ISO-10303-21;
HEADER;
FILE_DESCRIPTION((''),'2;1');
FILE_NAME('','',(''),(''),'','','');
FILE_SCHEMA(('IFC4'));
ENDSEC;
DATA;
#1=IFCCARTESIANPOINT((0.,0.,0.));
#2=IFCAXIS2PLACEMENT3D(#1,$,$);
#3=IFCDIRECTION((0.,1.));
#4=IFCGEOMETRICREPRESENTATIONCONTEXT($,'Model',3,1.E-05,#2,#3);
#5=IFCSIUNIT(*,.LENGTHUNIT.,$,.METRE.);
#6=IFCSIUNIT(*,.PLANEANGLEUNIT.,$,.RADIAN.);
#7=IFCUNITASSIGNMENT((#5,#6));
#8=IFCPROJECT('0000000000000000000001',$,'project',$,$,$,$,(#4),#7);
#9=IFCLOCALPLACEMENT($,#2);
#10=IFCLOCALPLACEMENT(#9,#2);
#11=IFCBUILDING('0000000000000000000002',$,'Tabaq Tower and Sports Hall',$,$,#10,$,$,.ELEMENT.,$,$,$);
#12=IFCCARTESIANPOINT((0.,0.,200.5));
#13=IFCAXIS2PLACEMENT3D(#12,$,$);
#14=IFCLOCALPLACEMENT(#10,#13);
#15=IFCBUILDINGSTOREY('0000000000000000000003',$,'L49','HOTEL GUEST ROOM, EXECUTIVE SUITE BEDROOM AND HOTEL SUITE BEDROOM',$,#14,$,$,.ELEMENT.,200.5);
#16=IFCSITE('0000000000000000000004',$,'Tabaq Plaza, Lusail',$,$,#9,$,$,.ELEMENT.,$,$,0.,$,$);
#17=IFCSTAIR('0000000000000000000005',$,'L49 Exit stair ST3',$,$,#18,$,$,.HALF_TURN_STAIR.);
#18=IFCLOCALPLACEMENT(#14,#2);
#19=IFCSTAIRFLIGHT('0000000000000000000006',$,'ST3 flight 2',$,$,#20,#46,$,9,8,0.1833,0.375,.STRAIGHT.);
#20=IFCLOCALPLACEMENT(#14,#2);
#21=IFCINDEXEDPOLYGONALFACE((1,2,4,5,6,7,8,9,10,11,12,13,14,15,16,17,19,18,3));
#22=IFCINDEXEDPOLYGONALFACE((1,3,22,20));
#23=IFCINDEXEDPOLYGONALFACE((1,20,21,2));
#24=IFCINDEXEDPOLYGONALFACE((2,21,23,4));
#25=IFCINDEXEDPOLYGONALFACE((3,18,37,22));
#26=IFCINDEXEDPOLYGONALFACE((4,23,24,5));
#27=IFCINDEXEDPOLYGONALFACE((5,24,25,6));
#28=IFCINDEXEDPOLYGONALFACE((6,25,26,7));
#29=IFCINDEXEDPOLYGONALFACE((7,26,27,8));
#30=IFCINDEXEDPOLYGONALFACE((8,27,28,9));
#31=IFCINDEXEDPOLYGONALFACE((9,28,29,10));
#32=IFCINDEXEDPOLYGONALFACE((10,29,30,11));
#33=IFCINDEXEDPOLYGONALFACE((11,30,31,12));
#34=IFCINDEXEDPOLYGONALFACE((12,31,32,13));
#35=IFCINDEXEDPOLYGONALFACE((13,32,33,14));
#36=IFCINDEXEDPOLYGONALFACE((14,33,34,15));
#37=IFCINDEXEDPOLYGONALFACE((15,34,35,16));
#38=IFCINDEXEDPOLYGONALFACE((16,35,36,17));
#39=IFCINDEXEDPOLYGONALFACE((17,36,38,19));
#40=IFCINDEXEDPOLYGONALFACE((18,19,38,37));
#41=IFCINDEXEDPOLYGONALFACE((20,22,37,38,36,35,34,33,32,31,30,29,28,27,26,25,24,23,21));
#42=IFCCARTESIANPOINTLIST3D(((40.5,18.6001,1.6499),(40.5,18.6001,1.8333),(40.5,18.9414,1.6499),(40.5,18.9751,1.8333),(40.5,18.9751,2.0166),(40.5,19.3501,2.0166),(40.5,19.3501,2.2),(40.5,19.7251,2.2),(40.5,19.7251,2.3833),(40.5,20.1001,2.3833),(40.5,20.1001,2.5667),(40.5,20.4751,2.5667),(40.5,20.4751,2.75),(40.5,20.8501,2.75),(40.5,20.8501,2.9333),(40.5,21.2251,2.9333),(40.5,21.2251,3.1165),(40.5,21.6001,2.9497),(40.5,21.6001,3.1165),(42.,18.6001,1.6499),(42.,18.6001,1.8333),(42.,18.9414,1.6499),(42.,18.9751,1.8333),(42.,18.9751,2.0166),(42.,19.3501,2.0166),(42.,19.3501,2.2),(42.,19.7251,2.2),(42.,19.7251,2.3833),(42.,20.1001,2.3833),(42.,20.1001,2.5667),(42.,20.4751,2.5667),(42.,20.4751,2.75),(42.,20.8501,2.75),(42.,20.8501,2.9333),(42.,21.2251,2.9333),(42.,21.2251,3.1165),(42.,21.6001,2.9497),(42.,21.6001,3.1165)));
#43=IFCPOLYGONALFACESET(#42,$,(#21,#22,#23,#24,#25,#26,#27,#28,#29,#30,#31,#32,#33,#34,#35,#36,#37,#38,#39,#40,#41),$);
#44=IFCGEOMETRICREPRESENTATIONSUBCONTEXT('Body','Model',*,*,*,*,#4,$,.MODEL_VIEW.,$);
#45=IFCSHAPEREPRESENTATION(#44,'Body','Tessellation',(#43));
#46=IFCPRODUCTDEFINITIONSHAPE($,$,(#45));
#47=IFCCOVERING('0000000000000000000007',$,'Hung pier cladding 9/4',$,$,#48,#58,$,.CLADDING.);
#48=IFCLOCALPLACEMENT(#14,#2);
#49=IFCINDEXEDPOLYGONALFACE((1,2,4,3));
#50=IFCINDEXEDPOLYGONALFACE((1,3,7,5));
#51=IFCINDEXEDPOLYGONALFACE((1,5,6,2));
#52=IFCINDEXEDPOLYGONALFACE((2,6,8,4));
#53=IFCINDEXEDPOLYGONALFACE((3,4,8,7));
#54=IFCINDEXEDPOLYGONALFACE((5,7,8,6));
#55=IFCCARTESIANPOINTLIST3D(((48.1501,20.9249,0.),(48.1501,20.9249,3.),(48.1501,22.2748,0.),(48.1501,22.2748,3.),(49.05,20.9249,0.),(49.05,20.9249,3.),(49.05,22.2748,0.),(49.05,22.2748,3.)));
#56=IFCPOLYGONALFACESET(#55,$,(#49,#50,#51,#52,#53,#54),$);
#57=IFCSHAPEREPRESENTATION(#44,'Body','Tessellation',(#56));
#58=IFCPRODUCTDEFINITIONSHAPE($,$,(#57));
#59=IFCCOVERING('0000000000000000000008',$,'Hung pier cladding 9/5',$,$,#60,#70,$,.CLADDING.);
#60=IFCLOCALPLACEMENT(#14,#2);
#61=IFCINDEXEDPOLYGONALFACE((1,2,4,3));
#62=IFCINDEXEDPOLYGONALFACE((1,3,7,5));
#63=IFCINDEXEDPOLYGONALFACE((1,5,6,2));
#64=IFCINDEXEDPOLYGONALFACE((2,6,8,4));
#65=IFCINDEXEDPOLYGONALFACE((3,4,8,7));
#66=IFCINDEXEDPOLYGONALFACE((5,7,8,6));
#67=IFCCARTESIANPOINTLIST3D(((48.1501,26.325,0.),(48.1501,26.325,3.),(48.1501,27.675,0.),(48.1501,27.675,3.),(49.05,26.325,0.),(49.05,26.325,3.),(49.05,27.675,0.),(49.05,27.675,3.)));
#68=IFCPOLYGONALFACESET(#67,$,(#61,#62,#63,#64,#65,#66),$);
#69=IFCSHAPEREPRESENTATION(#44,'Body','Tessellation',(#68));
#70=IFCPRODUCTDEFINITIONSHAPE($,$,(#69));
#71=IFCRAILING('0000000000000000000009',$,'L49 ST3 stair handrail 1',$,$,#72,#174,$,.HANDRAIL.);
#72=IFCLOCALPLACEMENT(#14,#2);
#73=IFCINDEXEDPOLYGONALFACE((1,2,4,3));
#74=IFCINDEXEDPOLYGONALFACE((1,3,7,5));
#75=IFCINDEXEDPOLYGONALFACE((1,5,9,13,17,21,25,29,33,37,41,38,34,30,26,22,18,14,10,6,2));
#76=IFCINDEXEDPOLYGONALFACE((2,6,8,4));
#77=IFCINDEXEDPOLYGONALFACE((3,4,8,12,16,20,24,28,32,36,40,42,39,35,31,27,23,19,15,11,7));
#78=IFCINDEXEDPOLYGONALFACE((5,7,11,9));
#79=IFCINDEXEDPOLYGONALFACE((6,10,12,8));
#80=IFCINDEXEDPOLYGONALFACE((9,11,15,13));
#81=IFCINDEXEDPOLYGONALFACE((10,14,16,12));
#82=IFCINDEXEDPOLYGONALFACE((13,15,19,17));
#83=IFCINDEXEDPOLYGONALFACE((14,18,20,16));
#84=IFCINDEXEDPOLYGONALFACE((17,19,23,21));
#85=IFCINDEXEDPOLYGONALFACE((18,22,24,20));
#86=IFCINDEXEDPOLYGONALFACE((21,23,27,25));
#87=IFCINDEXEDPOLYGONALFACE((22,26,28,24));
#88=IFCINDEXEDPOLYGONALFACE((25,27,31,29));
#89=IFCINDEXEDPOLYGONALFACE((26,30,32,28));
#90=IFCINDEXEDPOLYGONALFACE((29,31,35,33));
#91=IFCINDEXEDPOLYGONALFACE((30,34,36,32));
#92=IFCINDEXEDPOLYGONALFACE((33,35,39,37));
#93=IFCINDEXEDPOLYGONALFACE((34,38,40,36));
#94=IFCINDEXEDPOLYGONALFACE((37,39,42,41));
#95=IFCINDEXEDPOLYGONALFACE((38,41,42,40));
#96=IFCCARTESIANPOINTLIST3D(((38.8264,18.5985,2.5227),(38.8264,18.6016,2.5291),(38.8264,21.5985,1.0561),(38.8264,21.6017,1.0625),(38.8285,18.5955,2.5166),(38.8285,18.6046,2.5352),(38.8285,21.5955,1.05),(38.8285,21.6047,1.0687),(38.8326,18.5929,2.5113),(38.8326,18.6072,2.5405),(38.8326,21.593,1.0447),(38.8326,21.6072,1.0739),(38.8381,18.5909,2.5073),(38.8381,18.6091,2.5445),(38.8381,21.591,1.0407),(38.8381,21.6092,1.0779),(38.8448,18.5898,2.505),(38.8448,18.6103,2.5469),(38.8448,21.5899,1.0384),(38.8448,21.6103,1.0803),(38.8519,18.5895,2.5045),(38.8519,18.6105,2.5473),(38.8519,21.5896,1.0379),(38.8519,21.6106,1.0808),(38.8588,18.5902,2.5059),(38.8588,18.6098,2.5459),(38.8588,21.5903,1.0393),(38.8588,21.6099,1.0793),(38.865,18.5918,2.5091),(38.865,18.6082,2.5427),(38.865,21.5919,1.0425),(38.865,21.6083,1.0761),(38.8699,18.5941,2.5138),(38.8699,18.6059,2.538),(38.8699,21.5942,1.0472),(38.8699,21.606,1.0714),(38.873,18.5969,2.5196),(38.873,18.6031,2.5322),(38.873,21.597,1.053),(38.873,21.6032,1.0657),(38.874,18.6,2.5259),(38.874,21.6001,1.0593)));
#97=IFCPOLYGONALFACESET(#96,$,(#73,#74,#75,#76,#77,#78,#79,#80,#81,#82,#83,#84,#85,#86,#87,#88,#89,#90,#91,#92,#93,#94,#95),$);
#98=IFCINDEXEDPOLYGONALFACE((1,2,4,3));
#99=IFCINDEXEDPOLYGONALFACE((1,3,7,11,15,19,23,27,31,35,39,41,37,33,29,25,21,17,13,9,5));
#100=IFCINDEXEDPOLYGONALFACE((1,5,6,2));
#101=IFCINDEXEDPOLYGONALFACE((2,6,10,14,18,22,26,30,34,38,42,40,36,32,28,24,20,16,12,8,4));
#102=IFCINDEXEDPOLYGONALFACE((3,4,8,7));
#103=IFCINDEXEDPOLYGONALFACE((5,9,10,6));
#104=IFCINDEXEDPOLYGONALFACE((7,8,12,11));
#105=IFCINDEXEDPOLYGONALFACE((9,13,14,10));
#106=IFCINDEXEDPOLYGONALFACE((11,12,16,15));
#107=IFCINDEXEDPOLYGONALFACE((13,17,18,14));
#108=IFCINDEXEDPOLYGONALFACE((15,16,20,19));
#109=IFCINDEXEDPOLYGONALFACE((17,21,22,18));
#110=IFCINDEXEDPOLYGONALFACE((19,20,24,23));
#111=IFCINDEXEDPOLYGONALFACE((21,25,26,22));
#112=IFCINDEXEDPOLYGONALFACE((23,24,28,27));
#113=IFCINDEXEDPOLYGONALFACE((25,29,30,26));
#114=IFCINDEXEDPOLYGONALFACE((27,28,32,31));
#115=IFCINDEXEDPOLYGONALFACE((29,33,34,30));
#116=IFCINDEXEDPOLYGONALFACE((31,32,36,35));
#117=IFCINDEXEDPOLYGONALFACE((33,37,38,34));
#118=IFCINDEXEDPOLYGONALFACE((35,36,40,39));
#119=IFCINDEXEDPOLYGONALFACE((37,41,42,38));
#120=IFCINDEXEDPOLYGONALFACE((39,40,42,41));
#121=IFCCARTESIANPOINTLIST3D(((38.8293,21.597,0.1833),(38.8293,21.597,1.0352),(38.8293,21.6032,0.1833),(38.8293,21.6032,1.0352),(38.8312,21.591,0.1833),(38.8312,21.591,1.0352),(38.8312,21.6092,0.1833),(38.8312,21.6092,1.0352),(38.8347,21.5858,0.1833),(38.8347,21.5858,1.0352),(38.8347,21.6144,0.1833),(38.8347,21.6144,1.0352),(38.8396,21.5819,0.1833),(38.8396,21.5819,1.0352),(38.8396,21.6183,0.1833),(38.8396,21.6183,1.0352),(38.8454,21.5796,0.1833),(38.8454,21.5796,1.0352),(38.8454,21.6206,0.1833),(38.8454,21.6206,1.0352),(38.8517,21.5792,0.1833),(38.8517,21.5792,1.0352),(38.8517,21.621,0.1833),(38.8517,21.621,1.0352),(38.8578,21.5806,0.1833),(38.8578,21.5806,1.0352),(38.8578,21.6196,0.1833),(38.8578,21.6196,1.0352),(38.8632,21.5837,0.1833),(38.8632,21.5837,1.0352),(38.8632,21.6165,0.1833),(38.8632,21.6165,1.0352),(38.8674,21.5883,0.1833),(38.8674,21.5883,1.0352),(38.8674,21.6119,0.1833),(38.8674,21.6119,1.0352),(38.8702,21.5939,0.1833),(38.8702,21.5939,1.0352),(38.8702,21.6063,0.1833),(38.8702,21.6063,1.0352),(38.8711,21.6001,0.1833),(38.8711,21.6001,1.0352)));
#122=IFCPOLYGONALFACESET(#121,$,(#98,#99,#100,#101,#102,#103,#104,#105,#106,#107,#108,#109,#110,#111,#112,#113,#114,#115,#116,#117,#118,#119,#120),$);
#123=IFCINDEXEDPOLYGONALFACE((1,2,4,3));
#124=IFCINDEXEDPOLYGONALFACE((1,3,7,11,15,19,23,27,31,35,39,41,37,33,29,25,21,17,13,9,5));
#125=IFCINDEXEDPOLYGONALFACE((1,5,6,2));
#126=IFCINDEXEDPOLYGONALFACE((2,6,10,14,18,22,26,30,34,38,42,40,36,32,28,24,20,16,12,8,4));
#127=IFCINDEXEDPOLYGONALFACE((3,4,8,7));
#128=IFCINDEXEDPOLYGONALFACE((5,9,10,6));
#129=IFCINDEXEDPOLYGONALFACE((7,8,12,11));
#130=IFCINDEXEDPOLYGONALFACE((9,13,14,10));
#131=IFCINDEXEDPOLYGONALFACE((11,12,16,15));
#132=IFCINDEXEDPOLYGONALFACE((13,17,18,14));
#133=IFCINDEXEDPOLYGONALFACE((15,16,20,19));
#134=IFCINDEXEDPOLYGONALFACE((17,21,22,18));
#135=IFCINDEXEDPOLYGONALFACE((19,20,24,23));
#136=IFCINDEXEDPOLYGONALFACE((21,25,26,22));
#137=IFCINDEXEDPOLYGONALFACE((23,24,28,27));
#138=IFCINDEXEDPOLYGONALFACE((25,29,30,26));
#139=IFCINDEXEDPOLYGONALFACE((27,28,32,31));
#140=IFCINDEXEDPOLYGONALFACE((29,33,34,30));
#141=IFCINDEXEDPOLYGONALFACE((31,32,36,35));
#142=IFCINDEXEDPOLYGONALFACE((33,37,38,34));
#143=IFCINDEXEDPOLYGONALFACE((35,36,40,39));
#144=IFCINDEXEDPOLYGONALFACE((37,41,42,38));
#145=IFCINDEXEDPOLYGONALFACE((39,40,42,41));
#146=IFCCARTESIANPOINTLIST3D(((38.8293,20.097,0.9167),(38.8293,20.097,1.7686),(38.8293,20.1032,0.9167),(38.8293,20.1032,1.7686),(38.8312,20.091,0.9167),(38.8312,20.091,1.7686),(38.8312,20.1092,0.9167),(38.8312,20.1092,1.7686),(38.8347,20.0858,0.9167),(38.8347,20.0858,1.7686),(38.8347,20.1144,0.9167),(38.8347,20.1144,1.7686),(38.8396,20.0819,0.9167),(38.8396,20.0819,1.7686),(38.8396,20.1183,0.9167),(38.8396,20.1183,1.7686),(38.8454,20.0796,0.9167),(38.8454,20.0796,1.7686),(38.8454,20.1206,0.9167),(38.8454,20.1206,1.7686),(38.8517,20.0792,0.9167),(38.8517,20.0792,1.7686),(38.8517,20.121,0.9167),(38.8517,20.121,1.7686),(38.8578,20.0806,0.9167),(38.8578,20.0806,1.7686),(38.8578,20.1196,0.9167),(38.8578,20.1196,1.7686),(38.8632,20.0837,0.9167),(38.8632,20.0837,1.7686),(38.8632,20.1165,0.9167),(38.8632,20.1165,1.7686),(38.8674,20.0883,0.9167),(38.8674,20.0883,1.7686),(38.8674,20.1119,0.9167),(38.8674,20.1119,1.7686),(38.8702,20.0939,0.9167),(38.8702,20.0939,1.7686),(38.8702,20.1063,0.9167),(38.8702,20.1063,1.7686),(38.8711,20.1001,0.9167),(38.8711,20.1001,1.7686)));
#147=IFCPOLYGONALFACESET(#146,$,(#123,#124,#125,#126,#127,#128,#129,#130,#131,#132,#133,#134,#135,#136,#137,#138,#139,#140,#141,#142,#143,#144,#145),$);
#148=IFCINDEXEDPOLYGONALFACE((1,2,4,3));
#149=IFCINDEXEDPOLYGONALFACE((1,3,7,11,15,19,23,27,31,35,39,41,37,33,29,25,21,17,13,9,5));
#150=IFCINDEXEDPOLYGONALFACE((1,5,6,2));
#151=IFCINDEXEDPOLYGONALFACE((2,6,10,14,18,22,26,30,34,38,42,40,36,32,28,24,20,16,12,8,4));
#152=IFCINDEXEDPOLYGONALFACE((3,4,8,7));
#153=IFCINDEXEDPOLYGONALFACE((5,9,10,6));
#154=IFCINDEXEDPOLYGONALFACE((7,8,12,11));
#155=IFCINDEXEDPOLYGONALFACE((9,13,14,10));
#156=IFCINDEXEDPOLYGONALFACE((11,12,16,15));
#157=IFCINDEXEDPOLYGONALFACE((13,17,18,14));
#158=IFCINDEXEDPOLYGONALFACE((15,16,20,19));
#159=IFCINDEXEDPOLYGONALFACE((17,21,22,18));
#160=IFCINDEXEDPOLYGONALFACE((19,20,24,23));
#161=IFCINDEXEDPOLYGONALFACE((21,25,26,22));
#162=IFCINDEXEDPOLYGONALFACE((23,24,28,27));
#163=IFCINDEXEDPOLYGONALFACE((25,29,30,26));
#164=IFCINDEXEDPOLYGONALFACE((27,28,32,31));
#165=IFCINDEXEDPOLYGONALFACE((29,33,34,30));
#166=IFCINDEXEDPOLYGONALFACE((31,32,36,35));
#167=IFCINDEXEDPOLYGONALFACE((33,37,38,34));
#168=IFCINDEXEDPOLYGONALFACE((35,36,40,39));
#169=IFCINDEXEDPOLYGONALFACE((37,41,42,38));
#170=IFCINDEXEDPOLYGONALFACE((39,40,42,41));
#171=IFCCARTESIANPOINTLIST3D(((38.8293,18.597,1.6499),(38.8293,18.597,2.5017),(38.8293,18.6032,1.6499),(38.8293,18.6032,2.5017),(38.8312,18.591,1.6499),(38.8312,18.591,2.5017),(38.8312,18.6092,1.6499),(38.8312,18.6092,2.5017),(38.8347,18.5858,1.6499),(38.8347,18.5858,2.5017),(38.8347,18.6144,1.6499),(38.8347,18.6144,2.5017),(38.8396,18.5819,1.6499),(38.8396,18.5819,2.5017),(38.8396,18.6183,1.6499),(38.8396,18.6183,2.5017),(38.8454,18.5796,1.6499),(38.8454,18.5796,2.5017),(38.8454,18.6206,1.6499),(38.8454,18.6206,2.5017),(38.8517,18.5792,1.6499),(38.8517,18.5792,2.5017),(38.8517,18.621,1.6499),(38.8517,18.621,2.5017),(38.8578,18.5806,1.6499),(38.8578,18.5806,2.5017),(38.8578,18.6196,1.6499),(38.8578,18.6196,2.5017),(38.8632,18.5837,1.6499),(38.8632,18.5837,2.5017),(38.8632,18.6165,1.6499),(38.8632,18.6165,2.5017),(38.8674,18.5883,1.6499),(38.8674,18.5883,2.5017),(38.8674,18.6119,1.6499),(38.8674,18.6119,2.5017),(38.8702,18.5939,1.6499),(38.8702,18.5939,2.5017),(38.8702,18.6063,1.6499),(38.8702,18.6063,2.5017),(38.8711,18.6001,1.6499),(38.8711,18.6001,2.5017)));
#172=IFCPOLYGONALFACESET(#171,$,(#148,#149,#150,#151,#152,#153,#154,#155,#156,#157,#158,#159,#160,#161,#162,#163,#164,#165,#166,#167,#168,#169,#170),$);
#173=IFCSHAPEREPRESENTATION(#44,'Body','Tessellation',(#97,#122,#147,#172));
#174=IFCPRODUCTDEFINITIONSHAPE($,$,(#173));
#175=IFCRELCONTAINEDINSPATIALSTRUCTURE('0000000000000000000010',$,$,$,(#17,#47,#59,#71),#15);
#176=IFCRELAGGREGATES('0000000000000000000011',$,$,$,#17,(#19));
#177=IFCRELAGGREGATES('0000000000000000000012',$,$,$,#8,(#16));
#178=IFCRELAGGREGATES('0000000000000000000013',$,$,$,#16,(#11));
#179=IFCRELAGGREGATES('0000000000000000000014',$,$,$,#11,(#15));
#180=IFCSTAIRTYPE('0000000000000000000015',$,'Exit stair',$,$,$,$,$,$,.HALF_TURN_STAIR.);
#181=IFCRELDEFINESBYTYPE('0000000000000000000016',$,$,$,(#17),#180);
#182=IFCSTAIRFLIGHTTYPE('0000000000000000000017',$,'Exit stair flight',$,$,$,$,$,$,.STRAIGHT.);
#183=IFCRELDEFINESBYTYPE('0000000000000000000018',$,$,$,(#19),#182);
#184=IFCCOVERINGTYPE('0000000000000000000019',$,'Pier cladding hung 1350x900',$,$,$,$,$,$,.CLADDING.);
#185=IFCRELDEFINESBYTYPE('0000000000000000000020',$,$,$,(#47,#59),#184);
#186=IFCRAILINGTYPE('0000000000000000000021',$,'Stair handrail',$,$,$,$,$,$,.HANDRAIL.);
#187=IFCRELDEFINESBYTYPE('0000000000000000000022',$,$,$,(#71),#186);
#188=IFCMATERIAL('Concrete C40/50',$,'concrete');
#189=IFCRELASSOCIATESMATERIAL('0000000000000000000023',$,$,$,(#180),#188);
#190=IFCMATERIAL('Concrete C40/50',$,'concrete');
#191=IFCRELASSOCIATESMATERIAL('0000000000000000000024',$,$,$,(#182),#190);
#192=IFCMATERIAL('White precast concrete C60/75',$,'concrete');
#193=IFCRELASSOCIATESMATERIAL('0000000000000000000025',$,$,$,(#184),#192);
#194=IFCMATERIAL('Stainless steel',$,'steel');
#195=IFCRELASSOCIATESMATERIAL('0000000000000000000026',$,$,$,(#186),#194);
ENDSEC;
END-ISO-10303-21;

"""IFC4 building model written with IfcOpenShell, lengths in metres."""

from ifc_helpers import new_model, si_unit, direction, frame, frame_2d, origin, origin_2d, place, context, subcontext, project, spatial, polyline, rectangle, circle, outline, extrude, material, type_object, element, aggregate, save


model = new_model("IFC4")

# Units and contexts
model_context = context("Model", 3, precision=1e-05, world=origin(), true_north=direction((0.0, 1.0)))
body_context = subcontext(model_context, "Body", "Model", "MODEL_VIEW")
ifc_project = project(units=[si_unit("LENGTHUNIT", "METRE"), si_unit("PLANEANGLEUNIT", "RADIAN")], contexts=[model_context])

# Site, building, storey
site_placement = place(None, origin())
site = spatial("IfcSite", under=ifc_project, at=site_placement, Name="Tabaq Plaza, Lusail", CompositionType="ELEMENT", RefElevation=0.0)
building_placement = place(site_placement, origin())
building = spatial("IfcBuilding", under=site, at=building_placement, Name="Tabaq Tower and Sports Hall", CompositionType="ELEMENT")
storey_placement = place(building_placement, frame((0.0, 0.0, 200.5)))
storey = spatial("IfcBuildingStorey", under=building, at=storey_placement, Name="L49", Description="HOTEL GUEST ROOM, EXECUTIVE SUITE BEDROOM AND HOTEL SUITE BEDROOM", CompositionType="ELEMENT", Elevation=200.5)

# Stair, stair flight
ifc_material_1 = material(Name="Concrete C40/50", Category="concrete")
stair_type = type_object("IfcStairType", Name="Exit stair", PredefinedType="HALF_TURN_STAIR", material=ifc_material_1)
stair_placement = place(storey_placement, origin())
stair = element("IfcStair", 1, at=stair_placement, inside=storey, type_object=stair_type, Name="L49 Exit stair ST3", PredefinedType="HALF_TURN_STAIR")
ifc_material_2 = material(Name="Concrete C40/50", Category="concrete")
stair_flight_type = type_object("IfcStairFlightType", Name="Exit stair flight", PredefinedType="STRAIGHT", material=ifc_material_2)
stair_flight_1_placement = place(storey_placement, frame((41.25, 18.6001, 1.6499), z_axis=(0.0, 0.0, 1.0), x_axis=(0.0, 1.0, 0.0)))
stair_flight_1 = element("IfcStairFlight", 2, at=stair_flight_1_placement, type_object=stair_flight_type, Name="ST3 flight 2", NumberOfRisers=9, NumberOfTreads=8, PredefinedType="STRAIGHT", RiserHeight=0.1833, TreadLength=0.375, context=body_context, shape_type="SweptSolid", body=[
    extrude(outline(polyline([(0.0, 0.0), (0.0, 0.1833), (0.375, 0.1833), (0.375, 0.3667), (0.75, 0.3667), (0.75, 0.55), (1.125, 0.55), (1.125, 0.7334), (1.5, 0.7334), (1.5, 0.9167), (1.875, 0.9167), (1.875, 1.1001), (2.25, 1.1001), (2.25, 1.2834), (2.625, 1.2834), (2.625, 1.4666), (3.0, 1.4666), (3.0, 1.6499), (3.0, 1.2998), (0.3413, 0.0), (0.0, 0.0)])), frame((0.0, 0.75, 0.0), z_axis=(0.0, -1.0, 0.0), x_axis=(1.0, 0.0, 0.0)), (0.0, 0.0, 1.0), 1.5),
])
aggregate(stair, [stair_flight_1])

# Coverings
ifc_material_3 = material(Name="White precast concrete C60/75", Category="concrete")
covering_type_1 = type_object("IfcCoveringType", Name="Pier cladding hung 1350x900", PredefinedType="CLADDING", material=ifc_material_3)
covering_1_placement = place(storey_placement, frame((48.6001, 20.925, 0.0), z_axis=(0.0, 0.0, 1.0), x_axis=(0.0, 1.0, 0.0)))
element("IfcCovering", 3, at=covering_1_placement, inside=storey, type_object=covering_type_1, Name="Hung pier cladding 9/4", PredefinedType="CLADDING", context=body_context, shape_type="SweptSolid", body=[
    extrude(rectangle(XDim=1.3499, YDim=0.8999, at=frame_2d((0.6748, 0.0))), origin(), (0.0, 0.0, 1.0), 3.0),
])
covering_2_placement = place(storey_placement, frame((48.6001, 26.325, 0.0), z_axis=(0.0, 0.0, 1.0), x_axis=(0.0, 1.0, 0.0)))
element("IfcCovering", 4, at=covering_2_placement, inside=storey, type_object=covering_type_1, Name="Hung pier cladding 9/5", PredefinedType="CLADDING", context=body_context, shape_type="SweptSolid", body=[
    extrude(rectangle(XDim=1.3501, YDim=0.8999, at=frame_2d((0.675, 0.0))), origin(), (0.0, 0.0, 1.0), 3.0),
])

# Railing
ifc_material_4 = material(Name="Stainless steel", Category="steel")
railing_type_1 = type_object("IfcRailingType", Name="Stair handrail", PredefinedType="HANDRAIL", material=ifc_material_4)
railing_1_placement = place(storey_placement, frame((38.8501, 21.6001, 0.1833)))
element("IfcRailing", 5, at=railing_1_placement, inside=storey, type_object=railing_type_1, Name="L49 ST3 stair handrail 1", PredefinedType="HANDRAIL", context=body_context, shape_type="SweptSolid", body=[
    extrude(circle(Radius=0.0239, at=origin_2d()), frame((0.0, 0.0, 0.876), z_axis=(0.0, -0.898398, 0.439183), x_axis=(1.0, 0.0, 0.0)), (0.0, 0.0, 1.0), 3.3394),
    extrude(circle(Radius=0.021, at=origin_2d()), origin(), (0.0, 0.0, 1.0), 0.8518),
    extrude(circle(Radius=0.021, at=origin_2d()), frame((0.0, -1.5, 0.7334)), (0.0, 0.0, 1.0), 0.8518),
    extrude(circle(Radius=0.021, at=origin_2d()), frame((0.0, -3.0, 1.4666)), (0.0, 0.0, 1.0), 0.8518),
])

save(model, "model.ifc")
